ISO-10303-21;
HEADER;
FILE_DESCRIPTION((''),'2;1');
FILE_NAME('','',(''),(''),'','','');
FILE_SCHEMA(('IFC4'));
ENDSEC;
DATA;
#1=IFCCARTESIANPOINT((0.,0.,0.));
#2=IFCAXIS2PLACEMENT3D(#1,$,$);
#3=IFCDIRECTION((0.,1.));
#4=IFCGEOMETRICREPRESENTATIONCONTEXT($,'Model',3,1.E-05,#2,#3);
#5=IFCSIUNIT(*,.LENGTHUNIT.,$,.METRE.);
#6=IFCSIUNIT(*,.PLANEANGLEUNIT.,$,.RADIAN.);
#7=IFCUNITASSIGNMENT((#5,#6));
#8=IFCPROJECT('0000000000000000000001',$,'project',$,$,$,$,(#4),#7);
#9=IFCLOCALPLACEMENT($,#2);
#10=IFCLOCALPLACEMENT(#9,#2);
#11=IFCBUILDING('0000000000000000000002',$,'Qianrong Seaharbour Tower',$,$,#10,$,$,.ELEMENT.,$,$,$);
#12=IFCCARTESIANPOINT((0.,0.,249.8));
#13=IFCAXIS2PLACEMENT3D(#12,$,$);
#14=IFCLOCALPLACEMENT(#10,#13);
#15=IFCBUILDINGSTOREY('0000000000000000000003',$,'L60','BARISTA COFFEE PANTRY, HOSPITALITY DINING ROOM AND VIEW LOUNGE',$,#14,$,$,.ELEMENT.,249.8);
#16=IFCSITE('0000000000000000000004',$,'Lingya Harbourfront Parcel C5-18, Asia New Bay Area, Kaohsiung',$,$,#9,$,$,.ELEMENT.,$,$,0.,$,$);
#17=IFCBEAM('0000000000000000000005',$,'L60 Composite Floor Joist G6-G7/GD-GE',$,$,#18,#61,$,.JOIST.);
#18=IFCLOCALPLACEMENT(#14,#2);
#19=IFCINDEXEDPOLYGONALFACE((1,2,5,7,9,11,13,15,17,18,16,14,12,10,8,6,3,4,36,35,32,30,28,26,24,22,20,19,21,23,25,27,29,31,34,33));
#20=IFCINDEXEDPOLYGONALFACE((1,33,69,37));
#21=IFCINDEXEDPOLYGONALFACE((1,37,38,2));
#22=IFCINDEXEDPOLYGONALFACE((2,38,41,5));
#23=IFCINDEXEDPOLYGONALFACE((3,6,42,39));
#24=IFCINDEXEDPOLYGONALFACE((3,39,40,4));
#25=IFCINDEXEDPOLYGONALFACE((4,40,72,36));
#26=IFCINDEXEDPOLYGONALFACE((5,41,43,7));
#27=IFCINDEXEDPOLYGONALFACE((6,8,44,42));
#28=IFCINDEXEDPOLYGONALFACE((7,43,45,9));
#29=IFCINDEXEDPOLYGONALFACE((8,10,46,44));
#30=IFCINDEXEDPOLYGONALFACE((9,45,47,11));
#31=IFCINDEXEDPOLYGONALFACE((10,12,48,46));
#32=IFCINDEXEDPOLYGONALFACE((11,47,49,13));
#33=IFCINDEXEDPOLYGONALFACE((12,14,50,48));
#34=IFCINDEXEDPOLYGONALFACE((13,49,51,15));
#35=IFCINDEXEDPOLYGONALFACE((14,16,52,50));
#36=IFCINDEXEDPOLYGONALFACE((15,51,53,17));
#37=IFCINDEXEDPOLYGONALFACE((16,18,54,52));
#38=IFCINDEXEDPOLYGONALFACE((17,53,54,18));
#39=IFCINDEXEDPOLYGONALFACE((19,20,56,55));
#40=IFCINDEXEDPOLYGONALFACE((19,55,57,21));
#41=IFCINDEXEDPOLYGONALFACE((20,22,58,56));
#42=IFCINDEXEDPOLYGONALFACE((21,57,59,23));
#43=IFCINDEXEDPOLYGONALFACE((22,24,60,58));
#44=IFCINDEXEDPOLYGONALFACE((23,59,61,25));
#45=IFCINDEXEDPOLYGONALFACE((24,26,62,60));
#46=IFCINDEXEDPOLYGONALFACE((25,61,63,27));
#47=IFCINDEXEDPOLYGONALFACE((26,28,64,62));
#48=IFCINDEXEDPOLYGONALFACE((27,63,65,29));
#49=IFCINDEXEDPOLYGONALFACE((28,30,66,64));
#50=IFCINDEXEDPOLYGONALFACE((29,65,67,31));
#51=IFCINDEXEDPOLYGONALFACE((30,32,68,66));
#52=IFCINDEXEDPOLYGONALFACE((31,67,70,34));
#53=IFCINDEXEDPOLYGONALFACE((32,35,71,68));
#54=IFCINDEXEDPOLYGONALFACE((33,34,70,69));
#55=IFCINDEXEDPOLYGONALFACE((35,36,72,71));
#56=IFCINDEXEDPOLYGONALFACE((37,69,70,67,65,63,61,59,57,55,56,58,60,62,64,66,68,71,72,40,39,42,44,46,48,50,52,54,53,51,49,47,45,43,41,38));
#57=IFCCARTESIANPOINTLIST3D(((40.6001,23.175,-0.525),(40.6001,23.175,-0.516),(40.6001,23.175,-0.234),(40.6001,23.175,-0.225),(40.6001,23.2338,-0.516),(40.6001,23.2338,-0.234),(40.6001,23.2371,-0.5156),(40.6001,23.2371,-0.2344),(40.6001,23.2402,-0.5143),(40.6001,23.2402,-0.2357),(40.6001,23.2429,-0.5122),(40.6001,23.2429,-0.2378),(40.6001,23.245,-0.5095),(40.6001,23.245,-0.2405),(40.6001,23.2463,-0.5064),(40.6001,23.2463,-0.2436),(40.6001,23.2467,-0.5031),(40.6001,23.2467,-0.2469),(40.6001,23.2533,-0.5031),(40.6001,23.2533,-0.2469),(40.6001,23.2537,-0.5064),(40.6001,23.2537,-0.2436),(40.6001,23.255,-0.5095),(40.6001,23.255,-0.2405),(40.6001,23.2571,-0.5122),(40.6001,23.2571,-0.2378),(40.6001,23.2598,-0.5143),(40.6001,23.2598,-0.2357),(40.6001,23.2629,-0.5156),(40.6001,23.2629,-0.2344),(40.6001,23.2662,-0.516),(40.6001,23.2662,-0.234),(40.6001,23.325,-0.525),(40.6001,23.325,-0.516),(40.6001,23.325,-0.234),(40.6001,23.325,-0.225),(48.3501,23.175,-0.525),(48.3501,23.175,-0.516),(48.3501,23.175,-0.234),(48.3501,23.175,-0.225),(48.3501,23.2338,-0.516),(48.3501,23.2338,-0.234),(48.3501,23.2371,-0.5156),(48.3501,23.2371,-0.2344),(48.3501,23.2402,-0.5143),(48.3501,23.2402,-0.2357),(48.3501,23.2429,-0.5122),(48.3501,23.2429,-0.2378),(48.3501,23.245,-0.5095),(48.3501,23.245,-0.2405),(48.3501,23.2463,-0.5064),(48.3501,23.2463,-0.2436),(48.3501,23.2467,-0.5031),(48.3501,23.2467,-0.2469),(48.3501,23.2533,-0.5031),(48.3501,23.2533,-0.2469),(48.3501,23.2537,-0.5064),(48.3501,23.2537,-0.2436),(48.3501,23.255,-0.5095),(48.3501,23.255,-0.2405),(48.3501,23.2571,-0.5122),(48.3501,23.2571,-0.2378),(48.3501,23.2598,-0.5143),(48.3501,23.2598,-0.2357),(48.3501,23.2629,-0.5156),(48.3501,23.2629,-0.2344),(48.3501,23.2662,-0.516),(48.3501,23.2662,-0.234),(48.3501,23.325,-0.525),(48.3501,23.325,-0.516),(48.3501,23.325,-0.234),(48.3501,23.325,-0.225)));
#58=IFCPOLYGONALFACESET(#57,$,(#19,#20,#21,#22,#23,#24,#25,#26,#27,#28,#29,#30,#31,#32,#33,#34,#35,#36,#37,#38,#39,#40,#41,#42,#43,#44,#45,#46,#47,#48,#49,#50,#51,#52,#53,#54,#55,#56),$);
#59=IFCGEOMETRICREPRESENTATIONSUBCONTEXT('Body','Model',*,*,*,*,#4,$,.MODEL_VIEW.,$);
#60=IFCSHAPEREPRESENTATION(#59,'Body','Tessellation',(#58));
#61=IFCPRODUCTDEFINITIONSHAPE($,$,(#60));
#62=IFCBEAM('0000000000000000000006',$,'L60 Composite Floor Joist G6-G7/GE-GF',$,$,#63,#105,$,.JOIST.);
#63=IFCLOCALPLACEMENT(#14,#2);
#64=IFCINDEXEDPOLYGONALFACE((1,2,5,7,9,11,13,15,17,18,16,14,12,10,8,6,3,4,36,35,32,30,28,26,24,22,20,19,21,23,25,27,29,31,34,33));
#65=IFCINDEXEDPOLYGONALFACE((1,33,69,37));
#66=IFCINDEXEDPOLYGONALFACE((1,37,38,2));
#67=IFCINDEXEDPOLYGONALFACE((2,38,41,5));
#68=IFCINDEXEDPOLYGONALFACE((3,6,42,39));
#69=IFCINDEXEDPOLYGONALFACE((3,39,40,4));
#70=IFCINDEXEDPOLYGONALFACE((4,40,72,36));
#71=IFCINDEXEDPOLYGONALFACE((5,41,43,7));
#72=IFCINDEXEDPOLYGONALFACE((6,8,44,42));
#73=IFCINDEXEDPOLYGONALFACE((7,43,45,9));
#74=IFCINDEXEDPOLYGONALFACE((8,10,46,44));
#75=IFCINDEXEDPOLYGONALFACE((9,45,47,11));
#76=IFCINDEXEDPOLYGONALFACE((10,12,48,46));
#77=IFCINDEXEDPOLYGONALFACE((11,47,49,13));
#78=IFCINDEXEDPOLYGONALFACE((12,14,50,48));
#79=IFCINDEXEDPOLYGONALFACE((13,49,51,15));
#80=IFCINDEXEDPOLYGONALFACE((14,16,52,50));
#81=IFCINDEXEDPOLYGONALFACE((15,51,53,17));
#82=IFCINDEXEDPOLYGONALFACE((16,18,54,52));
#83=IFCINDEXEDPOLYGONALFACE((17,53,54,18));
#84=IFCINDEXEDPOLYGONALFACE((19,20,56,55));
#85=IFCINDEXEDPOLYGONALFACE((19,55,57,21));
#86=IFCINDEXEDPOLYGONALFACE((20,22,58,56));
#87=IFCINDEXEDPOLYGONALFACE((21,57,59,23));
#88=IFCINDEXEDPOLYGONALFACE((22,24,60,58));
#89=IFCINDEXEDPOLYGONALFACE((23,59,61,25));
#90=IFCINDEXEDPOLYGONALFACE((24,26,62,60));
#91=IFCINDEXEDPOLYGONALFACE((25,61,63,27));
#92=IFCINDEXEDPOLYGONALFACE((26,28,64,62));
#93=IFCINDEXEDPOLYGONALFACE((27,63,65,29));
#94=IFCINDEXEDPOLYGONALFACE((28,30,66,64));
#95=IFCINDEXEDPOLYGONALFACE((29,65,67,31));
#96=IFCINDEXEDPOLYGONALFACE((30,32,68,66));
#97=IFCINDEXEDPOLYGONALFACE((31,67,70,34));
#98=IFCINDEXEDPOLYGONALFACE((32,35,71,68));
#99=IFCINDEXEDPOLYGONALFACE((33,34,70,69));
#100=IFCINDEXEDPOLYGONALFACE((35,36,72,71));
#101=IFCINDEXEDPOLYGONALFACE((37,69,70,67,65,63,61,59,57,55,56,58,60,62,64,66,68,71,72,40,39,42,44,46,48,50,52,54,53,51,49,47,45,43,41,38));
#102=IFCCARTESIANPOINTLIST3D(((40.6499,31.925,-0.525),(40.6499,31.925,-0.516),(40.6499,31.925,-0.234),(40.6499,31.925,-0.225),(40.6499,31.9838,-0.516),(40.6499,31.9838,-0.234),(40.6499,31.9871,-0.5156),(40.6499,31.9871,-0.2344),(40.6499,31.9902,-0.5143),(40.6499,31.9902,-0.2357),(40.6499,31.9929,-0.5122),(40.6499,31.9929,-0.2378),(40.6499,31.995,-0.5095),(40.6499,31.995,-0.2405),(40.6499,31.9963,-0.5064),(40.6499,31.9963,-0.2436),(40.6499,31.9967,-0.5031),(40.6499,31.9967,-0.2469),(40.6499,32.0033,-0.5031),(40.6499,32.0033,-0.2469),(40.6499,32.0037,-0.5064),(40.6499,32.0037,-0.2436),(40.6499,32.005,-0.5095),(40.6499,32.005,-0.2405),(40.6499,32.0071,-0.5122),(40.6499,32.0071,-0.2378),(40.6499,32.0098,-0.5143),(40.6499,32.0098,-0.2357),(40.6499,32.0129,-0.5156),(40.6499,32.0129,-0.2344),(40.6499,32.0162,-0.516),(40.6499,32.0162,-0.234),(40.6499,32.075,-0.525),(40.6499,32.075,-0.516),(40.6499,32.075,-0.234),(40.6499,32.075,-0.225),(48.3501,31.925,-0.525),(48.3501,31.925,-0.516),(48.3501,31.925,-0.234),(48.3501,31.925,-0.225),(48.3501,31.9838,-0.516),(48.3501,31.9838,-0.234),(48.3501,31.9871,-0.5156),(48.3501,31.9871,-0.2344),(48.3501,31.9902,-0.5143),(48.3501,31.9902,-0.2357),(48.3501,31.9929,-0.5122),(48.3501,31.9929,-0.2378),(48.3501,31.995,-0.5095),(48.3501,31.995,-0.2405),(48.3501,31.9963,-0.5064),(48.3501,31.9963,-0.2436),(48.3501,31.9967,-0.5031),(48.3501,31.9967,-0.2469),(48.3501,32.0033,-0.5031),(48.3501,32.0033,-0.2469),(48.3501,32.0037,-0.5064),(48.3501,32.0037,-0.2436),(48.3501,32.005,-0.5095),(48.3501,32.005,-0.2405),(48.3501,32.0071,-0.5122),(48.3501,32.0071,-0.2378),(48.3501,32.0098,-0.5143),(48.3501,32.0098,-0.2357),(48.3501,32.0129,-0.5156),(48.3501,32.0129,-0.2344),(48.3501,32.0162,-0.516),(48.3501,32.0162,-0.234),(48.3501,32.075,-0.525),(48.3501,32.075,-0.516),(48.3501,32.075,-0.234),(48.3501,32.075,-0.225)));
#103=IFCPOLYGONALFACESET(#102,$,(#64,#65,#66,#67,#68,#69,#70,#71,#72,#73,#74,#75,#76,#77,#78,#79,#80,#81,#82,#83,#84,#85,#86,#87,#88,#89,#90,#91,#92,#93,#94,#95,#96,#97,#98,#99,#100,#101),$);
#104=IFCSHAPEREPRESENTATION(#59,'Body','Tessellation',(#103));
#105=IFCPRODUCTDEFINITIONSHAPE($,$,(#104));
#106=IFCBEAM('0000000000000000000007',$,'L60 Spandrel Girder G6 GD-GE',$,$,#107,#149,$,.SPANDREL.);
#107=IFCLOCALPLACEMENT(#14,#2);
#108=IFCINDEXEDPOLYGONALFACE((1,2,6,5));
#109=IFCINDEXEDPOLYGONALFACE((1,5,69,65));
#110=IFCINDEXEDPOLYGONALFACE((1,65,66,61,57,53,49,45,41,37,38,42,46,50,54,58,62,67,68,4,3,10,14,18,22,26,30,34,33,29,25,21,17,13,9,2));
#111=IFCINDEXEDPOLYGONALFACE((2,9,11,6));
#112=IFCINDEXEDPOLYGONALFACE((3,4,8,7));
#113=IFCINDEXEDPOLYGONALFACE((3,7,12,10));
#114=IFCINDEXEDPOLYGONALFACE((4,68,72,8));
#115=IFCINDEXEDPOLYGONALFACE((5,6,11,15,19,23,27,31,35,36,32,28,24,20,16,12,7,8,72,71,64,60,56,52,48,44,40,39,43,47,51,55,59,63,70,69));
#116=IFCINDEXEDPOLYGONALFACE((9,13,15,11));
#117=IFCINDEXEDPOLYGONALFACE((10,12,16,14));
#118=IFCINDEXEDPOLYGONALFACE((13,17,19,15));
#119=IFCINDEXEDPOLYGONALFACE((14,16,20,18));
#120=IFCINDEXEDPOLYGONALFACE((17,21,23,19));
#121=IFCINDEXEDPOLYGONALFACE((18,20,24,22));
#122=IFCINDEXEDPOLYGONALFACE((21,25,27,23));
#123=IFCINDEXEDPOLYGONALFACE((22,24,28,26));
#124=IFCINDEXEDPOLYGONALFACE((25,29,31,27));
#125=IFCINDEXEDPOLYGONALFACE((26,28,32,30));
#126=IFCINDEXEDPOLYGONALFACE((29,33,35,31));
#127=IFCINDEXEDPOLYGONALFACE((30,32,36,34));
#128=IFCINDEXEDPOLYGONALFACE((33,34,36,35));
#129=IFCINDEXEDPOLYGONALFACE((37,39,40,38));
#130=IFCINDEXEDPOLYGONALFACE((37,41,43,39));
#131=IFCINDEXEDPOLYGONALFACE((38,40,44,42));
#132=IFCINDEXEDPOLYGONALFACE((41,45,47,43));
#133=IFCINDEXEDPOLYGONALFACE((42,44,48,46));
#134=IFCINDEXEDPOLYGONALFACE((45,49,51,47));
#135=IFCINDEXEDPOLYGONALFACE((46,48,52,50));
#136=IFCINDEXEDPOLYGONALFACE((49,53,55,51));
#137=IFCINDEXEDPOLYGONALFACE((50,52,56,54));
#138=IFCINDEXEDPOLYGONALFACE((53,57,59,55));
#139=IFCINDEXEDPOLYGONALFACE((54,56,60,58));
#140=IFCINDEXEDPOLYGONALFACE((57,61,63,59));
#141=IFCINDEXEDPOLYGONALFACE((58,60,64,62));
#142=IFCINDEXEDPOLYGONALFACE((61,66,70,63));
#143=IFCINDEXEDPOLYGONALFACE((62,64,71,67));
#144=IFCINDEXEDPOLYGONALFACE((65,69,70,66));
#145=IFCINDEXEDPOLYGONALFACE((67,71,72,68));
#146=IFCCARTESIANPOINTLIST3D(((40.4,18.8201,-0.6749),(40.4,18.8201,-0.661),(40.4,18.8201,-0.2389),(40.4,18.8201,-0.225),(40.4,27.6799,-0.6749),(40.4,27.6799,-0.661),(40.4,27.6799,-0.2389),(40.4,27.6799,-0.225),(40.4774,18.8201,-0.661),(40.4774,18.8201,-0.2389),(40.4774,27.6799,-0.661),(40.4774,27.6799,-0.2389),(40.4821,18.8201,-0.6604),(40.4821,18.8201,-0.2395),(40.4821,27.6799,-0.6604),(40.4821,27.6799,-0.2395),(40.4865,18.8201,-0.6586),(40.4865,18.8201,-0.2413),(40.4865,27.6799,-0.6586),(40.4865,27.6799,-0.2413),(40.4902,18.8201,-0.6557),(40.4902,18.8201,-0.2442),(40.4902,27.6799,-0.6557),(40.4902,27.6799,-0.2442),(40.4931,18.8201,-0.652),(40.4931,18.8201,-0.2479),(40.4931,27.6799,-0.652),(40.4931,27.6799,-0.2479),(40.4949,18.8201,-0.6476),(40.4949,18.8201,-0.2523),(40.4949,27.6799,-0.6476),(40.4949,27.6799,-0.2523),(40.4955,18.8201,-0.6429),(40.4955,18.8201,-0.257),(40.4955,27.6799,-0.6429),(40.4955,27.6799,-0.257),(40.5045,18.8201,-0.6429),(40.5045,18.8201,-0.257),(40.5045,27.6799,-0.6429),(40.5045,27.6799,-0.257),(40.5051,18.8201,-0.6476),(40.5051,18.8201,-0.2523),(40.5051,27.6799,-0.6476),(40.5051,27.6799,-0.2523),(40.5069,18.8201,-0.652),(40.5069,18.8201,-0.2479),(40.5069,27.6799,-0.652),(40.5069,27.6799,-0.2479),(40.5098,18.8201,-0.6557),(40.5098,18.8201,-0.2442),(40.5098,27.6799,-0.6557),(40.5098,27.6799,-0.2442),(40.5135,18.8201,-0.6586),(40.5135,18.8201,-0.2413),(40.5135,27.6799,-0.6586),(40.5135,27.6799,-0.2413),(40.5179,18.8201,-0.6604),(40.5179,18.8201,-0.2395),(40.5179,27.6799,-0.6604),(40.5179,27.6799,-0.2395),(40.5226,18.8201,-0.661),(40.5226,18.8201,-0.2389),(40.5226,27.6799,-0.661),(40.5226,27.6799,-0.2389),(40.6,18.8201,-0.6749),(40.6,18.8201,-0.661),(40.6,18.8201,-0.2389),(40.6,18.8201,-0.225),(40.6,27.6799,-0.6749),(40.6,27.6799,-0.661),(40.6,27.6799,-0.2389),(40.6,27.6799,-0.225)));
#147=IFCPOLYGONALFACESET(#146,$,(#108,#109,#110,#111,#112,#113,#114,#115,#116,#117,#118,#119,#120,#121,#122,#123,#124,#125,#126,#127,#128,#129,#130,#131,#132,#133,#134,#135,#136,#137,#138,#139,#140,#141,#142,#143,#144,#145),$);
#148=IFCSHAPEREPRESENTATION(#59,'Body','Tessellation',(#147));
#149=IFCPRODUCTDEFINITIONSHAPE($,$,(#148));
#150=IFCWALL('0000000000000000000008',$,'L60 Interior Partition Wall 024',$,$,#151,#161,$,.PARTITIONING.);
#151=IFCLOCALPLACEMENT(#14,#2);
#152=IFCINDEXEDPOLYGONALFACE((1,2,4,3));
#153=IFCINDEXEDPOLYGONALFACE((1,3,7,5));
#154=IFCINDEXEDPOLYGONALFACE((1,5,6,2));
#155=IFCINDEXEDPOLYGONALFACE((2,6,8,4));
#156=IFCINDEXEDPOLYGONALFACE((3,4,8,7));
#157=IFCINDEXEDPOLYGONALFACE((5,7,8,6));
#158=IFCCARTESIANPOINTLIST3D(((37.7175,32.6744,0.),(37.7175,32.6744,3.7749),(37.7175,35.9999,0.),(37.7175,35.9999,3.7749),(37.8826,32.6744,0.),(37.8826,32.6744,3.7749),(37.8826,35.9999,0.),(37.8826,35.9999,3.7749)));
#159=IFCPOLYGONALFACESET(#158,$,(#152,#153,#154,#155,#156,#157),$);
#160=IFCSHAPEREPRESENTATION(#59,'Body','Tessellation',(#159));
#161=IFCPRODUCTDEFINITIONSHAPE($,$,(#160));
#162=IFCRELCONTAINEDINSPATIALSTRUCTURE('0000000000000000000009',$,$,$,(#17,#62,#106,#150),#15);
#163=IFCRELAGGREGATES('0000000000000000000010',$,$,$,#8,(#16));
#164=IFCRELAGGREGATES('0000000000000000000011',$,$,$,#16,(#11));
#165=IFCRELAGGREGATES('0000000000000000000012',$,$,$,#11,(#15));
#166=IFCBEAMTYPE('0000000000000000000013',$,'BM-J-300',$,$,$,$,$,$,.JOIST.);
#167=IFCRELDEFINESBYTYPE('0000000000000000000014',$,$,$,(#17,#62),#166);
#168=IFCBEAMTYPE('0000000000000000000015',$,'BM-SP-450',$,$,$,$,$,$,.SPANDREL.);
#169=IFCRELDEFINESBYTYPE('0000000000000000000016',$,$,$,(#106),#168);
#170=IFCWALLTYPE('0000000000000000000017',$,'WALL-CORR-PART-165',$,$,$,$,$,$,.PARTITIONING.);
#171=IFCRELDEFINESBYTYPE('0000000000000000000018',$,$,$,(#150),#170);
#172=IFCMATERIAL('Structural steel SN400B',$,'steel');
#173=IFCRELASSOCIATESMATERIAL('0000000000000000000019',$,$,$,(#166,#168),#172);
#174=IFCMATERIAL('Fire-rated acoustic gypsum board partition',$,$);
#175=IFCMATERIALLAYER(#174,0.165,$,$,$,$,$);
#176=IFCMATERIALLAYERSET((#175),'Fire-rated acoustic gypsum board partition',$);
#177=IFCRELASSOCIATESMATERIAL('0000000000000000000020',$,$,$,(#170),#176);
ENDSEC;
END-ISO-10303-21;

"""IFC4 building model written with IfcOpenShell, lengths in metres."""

from ifc_helpers import new_model, si_unit, direction, frame, frame_2d, origin, origin_2d, place, context, subcontext, project, spatial, rectangle, i_section, extrude, material, layer, layer_set, material_profile, profile_set, type_object, element, save


model = new_model("IFC4")

# Units and contexts
model_context = context("Model", 3, precision=1e-05, world=origin(), true_north=direction((0.0, 1.0)))
body_context = subcontext(model_context, "Body", "Model", "MODEL_VIEW")
ifc_project = project(units=[si_unit("LENGTHUNIT", "METRE"), si_unit("PLANEANGLEUNIT", "RADIAN")], contexts=[model_context])

# Site, building, storey
site_placement = place(None, origin())
site = spatial("IfcSite", under=ifc_project, at=site_placement, Name="Lingya Harbourfront Parcel C5-18, Asia New Bay Area, Kaohsiung", CompositionType="ELEMENT", RefElevation=0.0)
building_placement = place(site_placement, origin())
building = spatial("IfcBuilding", under=site, at=building_placement, Name="Qianrong Seaharbour Tower", CompositionType="ELEMENT")
storey_placement = place(building_placement, frame((0.0, 0.0, 249.8)))
storey = spatial("IfcBuildingStorey", under=building, at=storey_placement, Name="L60", Description="BARISTA COFFEE PANTRY, HOSPITALITY DINING ROOM AND VIEW LOUNGE", CompositionType="ELEMENT", Elevation=249.8)

# Beams
ifc_material_1 = material(Name="Structural steel SN400B", Category="steel")
ifc_material_profile_1 = material_profile(ifc_material_1, i_section(OverallWidth=0.1499, OverallDepth=0.3, WebThickness=0.0066, FlangeThickness=0.009, FilletRadius=0.0129, at=origin_2d()), Name="H300x150x6.5x9")
ifc_profile_set_1 = profile_set([ifc_material_profile_1], Name="Structural steel SN400B")
beam_type_1 = type_object("IfcBeamType", Name="BM-J-300", PredefinedType="JOIST", material=ifc_profile_set_1)
beam_1_placement = place(storey_placement, frame((40.6001, 23.25, -0.375), z_axis=(1.0, 0.0, 0.0), x_axis=(0.0, 1.0, 0.0)))
element("IfcBeam", 1, at=beam_1_placement, inside=storey, type_object=beam_type_1, Name="L60 Composite Floor Joist G6-G7/GD-GE", PredefinedType="JOIST", context=body_context, shape_type="SweptSolid", body=[
    extrude(i_section(OverallWidth=0.1499, OverallDepth=0.3, WebThickness=0.0066, FlangeThickness=0.009, FilletRadius=0.0129, at=origin_2d()), origin(), (0.0, 0.0, 1.0), 7.75),
])
beam_2_placement = place(storey_placement, frame((40.6499, 32.0, -0.375), z_axis=(1.0, 0.0, 0.0), x_axis=(0.0, 1.0, 0.0)))
element("IfcBeam", 2, at=beam_2_placement, inside=storey, type_object=beam_type_1, Name="L60 Composite Floor Joist G6-G7/GE-GF", PredefinedType="JOIST", context=body_context, shape_type="SweptSolid", body=[
    extrude(i_section(OverallWidth=0.1499, OverallDepth=0.3, WebThickness=0.0066, FlangeThickness=0.009, FilletRadius=0.0129, at=origin_2d()), origin(), (0.0, 0.0, 1.0), 7.7002),
])
ifc_material_profile_2 = material_profile(ifc_material_1, i_section(OverallWidth=0.2, OverallDepth=0.45, WebThickness=0.009, FlangeThickness=0.0139, FilletRadius=0.0181, at=origin_2d()), Name="H450x200x9x14")
ifc_profile_set_2 = profile_set([ifc_material_profile_2], Name="Structural steel SN400B")
beam_type_2 = type_object("IfcBeamType", Name="BM-SP-450", PredefinedType="SPANDREL", material=ifc_profile_set_2)
beam_3_placement = place(storey_placement, frame((40.5, 18.8201, -0.45), z_axis=(0.0, 1.0, 0.0), x_axis=(-1.0, 0.0, 0.0)))
element("IfcBeam", 3, at=beam_3_placement, inside=storey, type_object=beam_type_2, Name="L60 Spandrel Girder G6 GD-GE", PredefinedType="SPANDREL", context=body_context, shape_type="SweptSolid", body=[
    extrude(i_section(OverallWidth=0.2, OverallDepth=0.45, WebThickness=0.009, FlangeThickness=0.0139, FilletRadius=0.0181, at=origin_2d()), origin(), (0.0, 0.0, 1.0), 8.8599),
])

# Wall
ifc_material_2 = material(Name="Fire-rated acoustic gypsum board partition")
ifc_layer_1 = layer(ifc_material_2, 0.165)
ifc_layer_set_1 = layer_set([ifc_layer_1], Name="Fire-rated acoustic gypsum board partition")
wall_type_1 = type_object("IfcWallType", Name="WALL-CORR-PART-165", PredefinedType="PARTITIONING", material=ifc_layer_set_1)
wall_1_placement = place(storey_placement, frame((37.8, 32.6746, 0.0), z_axis=(0.0, 0.0, 1.0), x_axis=(0.0, 1.0, 0.0)))
element("IfcWall", 4, at=wall_1_placement, inside=storey, type_object=wall_type_1, Name="L60 Interior Partition Wall 024", PredefinedType="PARTITIONING", context=body_context, shape_type="SweptSolid", body=[
    extrude(rectangle(XDim=3.3254, YDim=0.165, at=frame_2d((1.6626, 0.0))), origin(), (0.0, 0.0, 1.0), 3.7749),
])

save(model, "model.ifc")
